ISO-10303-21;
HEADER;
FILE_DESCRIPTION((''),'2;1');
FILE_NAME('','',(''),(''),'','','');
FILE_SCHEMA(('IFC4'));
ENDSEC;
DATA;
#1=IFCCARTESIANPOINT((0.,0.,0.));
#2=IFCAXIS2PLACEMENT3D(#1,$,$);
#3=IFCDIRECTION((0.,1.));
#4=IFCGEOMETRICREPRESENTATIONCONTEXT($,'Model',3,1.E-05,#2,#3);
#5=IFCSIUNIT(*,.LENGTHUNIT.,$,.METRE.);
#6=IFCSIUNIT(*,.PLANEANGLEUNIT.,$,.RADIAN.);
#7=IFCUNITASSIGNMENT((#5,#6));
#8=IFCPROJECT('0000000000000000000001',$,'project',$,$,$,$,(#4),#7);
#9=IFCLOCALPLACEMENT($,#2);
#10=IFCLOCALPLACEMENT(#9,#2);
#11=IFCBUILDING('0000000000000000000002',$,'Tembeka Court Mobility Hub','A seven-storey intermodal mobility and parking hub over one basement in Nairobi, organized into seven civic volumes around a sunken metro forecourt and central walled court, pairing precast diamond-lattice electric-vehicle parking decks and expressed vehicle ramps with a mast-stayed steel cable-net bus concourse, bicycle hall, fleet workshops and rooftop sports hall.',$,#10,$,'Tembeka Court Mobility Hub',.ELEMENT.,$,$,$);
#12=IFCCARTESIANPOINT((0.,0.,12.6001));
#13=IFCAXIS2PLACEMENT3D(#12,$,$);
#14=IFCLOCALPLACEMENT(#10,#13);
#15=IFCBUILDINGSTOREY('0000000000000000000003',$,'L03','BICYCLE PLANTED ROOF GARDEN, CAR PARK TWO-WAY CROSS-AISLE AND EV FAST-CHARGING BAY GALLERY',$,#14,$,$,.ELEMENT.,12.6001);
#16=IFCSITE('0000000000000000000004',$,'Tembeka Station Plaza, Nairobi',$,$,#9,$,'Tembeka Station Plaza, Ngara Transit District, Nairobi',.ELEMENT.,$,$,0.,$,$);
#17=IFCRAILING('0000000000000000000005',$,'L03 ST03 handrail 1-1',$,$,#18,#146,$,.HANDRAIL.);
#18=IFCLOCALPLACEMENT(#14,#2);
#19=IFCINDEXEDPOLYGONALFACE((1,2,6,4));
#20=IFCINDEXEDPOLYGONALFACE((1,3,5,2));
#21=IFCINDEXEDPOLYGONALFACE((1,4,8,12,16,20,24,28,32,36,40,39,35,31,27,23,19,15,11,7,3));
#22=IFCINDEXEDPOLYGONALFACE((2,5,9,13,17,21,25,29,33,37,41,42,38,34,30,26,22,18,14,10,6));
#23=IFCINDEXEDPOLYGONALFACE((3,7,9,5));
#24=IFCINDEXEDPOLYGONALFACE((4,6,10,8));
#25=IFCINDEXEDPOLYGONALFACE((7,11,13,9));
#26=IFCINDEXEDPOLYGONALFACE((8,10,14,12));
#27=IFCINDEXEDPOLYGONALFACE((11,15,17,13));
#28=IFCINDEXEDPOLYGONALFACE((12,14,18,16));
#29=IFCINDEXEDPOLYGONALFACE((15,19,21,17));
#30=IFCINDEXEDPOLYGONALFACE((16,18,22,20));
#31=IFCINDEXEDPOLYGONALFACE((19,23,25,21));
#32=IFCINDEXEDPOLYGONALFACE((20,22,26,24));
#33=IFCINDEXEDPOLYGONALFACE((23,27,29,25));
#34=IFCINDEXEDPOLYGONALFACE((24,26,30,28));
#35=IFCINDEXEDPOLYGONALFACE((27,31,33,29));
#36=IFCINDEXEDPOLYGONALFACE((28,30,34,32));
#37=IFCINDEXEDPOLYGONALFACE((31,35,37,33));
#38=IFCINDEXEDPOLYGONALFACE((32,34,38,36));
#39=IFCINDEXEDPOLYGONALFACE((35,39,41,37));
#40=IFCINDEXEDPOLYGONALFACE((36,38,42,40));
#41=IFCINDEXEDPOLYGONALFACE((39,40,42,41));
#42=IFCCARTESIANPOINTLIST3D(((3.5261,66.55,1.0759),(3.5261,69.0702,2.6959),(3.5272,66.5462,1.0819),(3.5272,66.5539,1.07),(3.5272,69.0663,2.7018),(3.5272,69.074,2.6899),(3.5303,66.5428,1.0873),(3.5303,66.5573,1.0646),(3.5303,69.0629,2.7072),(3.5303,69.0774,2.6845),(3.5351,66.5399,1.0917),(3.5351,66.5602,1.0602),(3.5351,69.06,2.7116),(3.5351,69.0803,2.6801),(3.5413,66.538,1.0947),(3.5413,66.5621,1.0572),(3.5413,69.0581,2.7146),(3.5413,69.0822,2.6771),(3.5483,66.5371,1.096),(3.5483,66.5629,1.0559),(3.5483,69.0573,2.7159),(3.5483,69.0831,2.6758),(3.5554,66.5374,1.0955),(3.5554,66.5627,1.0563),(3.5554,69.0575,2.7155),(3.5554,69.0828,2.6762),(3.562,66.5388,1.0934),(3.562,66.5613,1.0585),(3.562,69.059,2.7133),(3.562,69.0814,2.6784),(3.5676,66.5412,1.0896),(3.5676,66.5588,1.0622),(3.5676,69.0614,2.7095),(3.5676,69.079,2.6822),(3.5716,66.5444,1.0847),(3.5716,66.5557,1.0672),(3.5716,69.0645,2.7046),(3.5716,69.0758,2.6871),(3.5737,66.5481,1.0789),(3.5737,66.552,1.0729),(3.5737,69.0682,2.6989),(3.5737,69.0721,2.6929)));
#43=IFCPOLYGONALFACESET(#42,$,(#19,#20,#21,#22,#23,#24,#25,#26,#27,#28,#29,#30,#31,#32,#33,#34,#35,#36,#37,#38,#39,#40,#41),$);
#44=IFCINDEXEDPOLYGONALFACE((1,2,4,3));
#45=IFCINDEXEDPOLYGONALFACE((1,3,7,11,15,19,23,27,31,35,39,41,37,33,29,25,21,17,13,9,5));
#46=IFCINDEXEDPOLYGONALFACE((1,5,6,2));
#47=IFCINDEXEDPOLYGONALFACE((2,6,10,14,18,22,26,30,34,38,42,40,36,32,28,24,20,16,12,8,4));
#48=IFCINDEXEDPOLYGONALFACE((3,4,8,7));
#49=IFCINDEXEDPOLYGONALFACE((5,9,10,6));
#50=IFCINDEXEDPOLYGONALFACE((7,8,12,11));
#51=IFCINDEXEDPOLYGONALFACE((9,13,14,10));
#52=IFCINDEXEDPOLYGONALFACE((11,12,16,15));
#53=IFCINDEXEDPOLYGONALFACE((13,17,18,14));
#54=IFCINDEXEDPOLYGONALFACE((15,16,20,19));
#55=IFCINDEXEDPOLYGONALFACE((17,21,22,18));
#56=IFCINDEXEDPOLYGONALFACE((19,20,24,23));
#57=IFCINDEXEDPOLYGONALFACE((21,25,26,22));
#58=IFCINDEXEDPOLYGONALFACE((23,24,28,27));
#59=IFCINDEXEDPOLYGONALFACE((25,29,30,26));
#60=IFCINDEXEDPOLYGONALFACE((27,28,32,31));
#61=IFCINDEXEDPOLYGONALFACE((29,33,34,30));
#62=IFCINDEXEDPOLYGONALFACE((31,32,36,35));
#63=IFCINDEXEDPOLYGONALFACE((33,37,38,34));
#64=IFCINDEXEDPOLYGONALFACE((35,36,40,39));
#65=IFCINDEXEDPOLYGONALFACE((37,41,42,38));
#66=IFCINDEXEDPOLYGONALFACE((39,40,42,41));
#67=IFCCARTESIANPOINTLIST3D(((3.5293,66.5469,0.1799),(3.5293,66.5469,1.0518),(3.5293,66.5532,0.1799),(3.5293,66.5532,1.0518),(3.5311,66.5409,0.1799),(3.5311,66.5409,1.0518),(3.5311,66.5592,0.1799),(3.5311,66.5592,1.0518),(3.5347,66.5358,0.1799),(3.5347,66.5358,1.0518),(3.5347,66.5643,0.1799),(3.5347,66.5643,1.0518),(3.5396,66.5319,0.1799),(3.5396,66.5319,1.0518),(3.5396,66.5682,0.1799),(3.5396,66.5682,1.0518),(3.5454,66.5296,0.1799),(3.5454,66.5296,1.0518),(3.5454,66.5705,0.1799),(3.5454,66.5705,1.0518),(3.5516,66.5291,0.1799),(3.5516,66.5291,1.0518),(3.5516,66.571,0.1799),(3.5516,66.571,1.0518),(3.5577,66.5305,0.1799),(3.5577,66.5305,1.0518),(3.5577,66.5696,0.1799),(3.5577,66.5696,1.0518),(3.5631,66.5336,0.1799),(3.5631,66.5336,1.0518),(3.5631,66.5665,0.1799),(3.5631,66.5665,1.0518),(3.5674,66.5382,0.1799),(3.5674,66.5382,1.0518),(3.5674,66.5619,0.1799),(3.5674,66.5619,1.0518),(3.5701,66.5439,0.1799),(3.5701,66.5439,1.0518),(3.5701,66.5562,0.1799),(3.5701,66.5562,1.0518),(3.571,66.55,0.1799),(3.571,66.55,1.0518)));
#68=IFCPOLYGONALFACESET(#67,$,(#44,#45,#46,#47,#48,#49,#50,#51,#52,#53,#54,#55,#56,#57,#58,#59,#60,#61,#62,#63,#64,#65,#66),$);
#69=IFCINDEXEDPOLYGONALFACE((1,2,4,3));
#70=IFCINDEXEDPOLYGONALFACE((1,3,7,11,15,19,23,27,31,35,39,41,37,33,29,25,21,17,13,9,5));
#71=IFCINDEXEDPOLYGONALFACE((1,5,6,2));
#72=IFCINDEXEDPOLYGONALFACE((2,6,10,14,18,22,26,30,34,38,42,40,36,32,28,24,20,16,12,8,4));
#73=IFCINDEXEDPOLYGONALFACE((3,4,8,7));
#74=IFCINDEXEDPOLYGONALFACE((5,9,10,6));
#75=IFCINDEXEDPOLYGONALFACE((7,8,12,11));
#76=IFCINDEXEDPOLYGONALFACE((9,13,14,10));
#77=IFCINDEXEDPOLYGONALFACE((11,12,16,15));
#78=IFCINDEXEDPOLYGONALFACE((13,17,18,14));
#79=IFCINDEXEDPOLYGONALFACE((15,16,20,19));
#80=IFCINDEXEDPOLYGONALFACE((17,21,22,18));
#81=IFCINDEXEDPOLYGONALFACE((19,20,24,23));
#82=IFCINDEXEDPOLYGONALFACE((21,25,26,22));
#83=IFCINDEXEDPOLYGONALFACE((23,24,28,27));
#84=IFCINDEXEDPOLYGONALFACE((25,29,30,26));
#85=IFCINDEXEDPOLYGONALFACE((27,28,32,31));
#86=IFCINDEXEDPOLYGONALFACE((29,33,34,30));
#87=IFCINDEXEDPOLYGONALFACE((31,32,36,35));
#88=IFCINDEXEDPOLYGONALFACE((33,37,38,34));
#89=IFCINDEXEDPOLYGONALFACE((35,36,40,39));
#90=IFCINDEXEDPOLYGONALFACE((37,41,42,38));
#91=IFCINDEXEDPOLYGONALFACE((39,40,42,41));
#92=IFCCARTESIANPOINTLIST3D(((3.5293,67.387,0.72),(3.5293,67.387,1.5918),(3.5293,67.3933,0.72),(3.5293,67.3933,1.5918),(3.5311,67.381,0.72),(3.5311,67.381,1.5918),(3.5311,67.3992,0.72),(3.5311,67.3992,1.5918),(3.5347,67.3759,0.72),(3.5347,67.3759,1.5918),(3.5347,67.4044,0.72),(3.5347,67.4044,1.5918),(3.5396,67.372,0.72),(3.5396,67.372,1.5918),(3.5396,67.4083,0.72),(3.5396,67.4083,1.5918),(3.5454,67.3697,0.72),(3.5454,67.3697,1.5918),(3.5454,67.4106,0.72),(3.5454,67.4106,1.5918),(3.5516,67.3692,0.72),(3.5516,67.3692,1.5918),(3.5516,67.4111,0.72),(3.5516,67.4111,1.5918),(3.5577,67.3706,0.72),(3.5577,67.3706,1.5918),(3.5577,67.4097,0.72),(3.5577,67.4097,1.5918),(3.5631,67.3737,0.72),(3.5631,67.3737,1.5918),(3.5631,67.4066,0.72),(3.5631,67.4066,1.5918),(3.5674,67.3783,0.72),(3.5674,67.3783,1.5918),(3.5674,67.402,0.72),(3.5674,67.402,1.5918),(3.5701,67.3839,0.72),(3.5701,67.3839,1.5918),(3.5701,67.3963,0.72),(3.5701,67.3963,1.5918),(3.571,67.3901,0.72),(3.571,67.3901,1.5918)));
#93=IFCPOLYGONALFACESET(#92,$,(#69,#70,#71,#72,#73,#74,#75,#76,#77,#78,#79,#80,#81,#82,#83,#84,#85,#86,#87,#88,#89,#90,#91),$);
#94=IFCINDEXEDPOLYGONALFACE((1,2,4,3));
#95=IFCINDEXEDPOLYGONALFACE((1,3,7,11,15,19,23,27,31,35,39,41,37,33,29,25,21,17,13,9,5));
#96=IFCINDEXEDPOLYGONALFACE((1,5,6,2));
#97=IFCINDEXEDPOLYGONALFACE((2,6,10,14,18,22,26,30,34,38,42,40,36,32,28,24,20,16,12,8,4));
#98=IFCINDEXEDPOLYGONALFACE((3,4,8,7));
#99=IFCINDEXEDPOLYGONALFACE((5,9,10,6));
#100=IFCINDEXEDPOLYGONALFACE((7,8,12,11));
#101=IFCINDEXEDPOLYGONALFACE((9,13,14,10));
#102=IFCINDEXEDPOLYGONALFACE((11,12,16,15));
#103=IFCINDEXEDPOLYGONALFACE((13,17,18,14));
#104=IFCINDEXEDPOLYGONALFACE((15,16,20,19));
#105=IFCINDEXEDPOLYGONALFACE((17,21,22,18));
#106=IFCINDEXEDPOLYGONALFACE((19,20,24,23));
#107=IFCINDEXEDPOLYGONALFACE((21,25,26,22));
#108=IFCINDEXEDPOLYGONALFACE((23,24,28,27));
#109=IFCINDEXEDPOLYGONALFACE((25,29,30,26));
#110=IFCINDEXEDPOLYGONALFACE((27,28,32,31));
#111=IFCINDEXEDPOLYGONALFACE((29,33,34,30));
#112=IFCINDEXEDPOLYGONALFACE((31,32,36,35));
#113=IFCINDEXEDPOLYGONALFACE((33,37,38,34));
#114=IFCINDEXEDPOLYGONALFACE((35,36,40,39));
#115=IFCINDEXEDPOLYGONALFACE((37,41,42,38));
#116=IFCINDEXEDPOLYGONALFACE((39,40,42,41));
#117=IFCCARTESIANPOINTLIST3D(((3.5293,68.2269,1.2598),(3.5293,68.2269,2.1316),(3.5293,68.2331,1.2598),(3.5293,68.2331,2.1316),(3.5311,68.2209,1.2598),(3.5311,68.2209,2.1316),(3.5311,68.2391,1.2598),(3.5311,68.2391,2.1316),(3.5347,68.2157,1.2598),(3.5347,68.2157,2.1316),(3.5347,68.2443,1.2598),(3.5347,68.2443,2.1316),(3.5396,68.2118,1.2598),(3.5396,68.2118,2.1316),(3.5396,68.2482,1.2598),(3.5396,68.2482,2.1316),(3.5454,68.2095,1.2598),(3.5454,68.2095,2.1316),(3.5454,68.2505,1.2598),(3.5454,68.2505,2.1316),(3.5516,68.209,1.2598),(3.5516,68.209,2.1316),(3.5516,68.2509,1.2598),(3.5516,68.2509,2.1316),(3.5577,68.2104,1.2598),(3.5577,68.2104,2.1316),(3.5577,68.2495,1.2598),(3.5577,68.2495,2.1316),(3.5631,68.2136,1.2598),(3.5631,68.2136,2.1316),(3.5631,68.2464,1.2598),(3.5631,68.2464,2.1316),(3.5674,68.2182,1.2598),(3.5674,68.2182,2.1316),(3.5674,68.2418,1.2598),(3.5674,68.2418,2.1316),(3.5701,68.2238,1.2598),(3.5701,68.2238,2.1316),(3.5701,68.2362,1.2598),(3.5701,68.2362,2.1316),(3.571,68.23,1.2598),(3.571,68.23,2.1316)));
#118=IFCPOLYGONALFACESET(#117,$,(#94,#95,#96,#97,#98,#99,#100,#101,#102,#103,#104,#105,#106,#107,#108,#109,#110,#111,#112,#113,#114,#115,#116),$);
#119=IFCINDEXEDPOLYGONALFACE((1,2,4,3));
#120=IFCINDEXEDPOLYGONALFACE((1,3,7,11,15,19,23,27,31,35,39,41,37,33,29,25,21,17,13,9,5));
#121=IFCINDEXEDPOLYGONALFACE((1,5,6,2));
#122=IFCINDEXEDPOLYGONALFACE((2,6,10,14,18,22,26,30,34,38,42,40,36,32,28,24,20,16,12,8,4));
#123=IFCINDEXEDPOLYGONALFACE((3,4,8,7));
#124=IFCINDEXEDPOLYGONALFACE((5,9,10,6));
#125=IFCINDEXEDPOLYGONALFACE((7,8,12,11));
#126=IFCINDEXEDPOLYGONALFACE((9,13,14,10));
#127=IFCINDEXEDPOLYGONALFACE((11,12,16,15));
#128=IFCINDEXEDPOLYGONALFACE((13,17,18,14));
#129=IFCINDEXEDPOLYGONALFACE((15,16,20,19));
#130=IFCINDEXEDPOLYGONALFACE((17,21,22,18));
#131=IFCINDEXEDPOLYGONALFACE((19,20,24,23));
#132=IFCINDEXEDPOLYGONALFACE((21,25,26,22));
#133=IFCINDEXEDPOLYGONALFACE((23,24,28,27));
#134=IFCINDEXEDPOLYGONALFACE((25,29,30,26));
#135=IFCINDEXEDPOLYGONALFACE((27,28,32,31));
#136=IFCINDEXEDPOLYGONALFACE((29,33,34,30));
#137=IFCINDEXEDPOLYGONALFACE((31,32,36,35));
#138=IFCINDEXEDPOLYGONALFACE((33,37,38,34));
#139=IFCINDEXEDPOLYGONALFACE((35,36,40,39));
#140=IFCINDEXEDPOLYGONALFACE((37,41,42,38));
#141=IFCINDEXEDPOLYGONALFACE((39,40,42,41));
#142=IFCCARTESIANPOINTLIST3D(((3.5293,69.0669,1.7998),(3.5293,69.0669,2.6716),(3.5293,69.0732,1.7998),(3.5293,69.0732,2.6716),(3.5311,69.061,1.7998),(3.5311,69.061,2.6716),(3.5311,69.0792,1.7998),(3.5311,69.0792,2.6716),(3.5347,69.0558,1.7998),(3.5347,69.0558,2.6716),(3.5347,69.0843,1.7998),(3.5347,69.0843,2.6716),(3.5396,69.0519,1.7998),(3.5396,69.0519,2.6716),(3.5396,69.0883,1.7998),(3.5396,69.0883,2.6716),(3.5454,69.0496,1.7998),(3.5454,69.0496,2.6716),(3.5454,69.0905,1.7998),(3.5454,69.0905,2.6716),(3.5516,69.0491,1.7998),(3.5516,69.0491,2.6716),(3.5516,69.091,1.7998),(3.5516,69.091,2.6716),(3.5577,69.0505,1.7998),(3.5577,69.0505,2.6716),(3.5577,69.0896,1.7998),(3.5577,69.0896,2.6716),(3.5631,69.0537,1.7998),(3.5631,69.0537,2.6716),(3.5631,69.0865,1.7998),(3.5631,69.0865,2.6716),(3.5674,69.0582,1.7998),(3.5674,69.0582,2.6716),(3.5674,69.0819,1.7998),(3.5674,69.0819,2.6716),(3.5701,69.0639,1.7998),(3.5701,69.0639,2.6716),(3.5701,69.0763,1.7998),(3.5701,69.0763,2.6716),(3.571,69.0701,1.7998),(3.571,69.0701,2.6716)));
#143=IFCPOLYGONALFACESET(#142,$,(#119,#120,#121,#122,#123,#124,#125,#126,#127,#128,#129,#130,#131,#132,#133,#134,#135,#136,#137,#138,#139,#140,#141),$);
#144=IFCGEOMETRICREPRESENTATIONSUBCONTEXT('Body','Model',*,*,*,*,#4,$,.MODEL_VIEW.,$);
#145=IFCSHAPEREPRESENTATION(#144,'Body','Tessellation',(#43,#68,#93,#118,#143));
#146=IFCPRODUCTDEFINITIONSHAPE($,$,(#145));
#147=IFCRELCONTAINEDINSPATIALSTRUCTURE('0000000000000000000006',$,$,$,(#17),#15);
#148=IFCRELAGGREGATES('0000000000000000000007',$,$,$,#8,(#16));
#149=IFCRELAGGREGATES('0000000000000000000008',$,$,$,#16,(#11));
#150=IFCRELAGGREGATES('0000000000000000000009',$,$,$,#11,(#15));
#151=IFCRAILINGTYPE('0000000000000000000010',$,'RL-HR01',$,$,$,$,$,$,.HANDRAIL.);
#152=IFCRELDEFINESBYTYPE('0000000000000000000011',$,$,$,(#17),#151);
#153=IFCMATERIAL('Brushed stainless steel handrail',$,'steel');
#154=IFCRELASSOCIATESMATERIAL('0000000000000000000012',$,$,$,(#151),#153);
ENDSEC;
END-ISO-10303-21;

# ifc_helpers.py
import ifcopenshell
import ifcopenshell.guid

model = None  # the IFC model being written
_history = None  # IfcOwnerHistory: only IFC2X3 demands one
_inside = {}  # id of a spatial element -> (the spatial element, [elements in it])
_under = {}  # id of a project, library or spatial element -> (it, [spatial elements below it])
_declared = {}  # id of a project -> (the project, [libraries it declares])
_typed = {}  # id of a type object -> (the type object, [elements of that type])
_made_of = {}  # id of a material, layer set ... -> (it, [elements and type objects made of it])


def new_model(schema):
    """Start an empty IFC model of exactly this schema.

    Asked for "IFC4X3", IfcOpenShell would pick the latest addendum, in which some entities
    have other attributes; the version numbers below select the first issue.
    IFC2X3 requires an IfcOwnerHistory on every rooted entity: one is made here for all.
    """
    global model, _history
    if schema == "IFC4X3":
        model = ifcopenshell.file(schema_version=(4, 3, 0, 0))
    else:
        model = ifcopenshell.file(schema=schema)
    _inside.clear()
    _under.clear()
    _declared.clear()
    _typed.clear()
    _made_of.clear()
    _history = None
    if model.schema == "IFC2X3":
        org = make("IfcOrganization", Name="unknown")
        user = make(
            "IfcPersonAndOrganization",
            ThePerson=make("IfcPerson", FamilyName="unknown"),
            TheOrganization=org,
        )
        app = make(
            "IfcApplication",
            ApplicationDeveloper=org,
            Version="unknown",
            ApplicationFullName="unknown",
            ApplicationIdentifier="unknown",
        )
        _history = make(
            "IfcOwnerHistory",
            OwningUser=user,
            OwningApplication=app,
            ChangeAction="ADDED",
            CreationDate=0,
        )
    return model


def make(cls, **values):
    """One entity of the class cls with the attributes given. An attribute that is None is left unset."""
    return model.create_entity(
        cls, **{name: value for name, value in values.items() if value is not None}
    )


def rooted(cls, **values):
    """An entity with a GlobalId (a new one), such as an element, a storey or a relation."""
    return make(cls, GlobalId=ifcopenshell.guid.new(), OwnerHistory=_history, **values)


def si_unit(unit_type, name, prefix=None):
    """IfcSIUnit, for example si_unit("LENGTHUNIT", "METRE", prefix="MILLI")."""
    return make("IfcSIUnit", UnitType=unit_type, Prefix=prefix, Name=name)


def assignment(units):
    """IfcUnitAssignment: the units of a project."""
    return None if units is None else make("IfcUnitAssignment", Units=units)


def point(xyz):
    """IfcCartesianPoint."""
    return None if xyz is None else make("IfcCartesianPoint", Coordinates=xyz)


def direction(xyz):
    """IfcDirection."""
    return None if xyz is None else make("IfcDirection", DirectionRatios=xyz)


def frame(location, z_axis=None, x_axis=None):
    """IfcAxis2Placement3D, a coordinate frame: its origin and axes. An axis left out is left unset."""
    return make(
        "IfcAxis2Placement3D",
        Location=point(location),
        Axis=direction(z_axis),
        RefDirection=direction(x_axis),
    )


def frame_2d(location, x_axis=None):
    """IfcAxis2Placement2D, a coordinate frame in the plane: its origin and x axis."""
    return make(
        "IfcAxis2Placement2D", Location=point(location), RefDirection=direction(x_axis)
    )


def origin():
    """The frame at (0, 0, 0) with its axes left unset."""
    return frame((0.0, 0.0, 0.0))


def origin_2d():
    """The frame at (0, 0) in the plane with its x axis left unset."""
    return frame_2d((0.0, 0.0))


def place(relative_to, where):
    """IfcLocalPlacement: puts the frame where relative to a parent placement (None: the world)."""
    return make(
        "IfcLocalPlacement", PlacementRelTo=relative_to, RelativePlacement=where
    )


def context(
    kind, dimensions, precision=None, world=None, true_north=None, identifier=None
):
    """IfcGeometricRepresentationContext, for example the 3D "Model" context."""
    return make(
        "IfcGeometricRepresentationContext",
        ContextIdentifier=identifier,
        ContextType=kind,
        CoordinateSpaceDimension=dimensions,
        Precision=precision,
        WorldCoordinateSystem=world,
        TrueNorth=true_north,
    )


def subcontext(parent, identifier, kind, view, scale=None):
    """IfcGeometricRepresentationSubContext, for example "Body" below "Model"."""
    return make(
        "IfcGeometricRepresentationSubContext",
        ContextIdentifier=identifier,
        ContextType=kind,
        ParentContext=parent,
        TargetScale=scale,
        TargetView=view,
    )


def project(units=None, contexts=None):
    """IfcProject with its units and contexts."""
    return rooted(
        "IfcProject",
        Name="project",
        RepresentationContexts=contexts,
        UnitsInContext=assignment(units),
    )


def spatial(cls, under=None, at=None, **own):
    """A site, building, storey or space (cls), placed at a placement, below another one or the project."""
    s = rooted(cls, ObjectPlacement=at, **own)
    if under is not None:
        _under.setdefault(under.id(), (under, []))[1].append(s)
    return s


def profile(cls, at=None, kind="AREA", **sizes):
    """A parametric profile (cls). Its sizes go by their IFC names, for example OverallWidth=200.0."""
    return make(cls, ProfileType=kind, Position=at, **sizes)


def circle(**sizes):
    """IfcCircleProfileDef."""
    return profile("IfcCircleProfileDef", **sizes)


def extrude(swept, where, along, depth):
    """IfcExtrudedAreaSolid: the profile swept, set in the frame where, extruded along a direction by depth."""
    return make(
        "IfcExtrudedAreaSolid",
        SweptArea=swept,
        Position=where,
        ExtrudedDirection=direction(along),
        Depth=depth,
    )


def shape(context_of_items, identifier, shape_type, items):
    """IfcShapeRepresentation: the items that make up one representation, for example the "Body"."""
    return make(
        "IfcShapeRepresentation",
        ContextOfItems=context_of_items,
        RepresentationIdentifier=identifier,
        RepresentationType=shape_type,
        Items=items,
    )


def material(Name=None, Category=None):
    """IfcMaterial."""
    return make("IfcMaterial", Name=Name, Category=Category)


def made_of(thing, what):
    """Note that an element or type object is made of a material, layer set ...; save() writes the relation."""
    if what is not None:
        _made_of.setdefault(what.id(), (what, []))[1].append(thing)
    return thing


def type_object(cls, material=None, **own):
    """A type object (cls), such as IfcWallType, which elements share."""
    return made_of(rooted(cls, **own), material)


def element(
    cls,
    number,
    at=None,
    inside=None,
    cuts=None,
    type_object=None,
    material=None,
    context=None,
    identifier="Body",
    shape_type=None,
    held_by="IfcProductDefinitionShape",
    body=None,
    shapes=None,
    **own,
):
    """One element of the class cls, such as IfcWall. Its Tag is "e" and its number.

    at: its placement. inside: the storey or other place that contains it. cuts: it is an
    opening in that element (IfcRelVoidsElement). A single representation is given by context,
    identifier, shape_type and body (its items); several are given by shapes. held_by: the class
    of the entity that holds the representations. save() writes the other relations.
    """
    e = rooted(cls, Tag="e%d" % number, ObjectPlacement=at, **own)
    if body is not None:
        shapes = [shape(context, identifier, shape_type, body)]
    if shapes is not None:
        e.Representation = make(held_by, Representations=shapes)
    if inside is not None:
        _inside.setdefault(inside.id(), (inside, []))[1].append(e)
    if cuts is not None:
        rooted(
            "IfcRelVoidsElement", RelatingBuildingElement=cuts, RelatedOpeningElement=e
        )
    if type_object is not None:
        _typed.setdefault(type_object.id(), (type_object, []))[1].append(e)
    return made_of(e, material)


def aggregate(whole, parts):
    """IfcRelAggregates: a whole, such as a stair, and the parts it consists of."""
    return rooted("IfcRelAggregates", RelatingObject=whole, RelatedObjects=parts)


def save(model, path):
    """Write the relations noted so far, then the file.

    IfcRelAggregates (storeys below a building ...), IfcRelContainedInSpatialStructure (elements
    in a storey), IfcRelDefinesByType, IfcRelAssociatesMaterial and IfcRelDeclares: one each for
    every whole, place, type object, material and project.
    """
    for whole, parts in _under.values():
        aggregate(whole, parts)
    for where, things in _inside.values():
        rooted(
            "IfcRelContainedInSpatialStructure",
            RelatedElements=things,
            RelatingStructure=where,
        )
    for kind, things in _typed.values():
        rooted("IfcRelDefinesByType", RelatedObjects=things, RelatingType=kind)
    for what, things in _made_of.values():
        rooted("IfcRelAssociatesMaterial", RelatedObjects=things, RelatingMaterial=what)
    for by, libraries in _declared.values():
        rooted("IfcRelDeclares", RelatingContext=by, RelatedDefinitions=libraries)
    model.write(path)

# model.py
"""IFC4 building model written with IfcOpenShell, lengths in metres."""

from ifc_helpers import new_model, si_unit, direction, frame, origin, origin_2d, place, context, subcontext, project, spatial, circle, extrude, material, type_object, element, save


model = new_model("IFC4")

# Units and contexts
model_context = context("Model", 3, precision=1e-05, world=origin(), true_north=direction((0.0, 1.0)))
body_context = subcontext(model_context, "Body", "Model", "MODEL_VIEW")
ifc_project = project(units=[si_unit("LENGTHUNIT", "METRE"), si_unit("PLANEANGLEUNIT", "RADIAN")], contexts=[model_context])

# Site, building, storey
site_placement = place(None, origin())
site = spatial("IfcSite", under=ifc_project, at=site_placement, Name="Tembeka Station Plaza, Nairobi", LongName="Tembeka Station Plaza, Ngara Transit District, Nairobi", CompositionType="ELEMENT", RefElevation=0.0)
building_placement = place(site_placement, origin())
building = spatial("IfcBuilding", under=site, at=building_placement, Name="Tembeka Court Mobility Hub", Description="A seven-storey intermodal mobility and parking hub over one basement in Nairobi, organized into seven civic volumes around a sunken metro forecourt and central walled court, pairing precast diamond-lattice electric-vehicle parking decks and expressed vehicle ramps with a mast-stayed steel cable-net bus concourse, bicycle hall, fleet workshops and rooftop sports hall.", LongName="Tembeka Court Mobility Hub", CompositionType="ELEMENT")
storey_placement = place(building_placement, frame((0.0, 0.0, 12.6001)))
storey = spatial("IfcBuildingStorey", under=building, at=storey_placement, Name="L03", Description="BICYCLE PLANTED ROOF GARDEN, CAR PARK TWO-WAY CROSS-AISLE AND EV FAST-CHARGING BAY GALLERY", CompositionType="ELEMENT", Elevation=12.6001)

# Railing
ifc_material_1 = material(Name="Brushed stainless steel handrail", Category="steel")
railing_type_1 = type_object("IfcRailingType", Name="RL-HR01", PredefinedType="HANDRAIL", material=ifc_material_1)
railing_1_placement = place(storey_placement, frame((3.55, 66.55, 0.1799)))
element("IfcRailing", 1, at=railing_1_placement, inside=storey, type_object=railing_type_1, Name="L03 ST03 handrail 1-1", PredefinedType="HANDRAIL", context=body_context, shape_type="SweptSolid", body=[
    extrude(circle(Radius=0.0239, at=origin_2d()), frame((0.0, 0.0, 0.896), z_axis=(0.0, 0.8412, 0.540725), x_axis=(-1.0, 0.0, 0.0)), (0.0, 0.0, 1.0), 2.9958),
    extrude(circle(Radius=0.021, at=origin_2d()), origin(), (0.0, 0.0, 1.0), 0.8718),
    extrude(circle(Radius=0.021, at=origin_2d()), frame((0.0, 0.8401, 0.54)), (0.0, 0.0, 1.0), 0.8718),
    extrude(circle(Radius=0.021, at=origin_2d()), frame((0.0, 1.6799, 1.0798)), (0.0, 0.0, 1.0), 0.8718),
    extrude(circle(Radius=0.021, at=origin_2d()), frame((0.0, 2.52, 1.6199)), (0.0, 0.0, 1.0), 0.8718),
])

save(model, "model.ifc")
